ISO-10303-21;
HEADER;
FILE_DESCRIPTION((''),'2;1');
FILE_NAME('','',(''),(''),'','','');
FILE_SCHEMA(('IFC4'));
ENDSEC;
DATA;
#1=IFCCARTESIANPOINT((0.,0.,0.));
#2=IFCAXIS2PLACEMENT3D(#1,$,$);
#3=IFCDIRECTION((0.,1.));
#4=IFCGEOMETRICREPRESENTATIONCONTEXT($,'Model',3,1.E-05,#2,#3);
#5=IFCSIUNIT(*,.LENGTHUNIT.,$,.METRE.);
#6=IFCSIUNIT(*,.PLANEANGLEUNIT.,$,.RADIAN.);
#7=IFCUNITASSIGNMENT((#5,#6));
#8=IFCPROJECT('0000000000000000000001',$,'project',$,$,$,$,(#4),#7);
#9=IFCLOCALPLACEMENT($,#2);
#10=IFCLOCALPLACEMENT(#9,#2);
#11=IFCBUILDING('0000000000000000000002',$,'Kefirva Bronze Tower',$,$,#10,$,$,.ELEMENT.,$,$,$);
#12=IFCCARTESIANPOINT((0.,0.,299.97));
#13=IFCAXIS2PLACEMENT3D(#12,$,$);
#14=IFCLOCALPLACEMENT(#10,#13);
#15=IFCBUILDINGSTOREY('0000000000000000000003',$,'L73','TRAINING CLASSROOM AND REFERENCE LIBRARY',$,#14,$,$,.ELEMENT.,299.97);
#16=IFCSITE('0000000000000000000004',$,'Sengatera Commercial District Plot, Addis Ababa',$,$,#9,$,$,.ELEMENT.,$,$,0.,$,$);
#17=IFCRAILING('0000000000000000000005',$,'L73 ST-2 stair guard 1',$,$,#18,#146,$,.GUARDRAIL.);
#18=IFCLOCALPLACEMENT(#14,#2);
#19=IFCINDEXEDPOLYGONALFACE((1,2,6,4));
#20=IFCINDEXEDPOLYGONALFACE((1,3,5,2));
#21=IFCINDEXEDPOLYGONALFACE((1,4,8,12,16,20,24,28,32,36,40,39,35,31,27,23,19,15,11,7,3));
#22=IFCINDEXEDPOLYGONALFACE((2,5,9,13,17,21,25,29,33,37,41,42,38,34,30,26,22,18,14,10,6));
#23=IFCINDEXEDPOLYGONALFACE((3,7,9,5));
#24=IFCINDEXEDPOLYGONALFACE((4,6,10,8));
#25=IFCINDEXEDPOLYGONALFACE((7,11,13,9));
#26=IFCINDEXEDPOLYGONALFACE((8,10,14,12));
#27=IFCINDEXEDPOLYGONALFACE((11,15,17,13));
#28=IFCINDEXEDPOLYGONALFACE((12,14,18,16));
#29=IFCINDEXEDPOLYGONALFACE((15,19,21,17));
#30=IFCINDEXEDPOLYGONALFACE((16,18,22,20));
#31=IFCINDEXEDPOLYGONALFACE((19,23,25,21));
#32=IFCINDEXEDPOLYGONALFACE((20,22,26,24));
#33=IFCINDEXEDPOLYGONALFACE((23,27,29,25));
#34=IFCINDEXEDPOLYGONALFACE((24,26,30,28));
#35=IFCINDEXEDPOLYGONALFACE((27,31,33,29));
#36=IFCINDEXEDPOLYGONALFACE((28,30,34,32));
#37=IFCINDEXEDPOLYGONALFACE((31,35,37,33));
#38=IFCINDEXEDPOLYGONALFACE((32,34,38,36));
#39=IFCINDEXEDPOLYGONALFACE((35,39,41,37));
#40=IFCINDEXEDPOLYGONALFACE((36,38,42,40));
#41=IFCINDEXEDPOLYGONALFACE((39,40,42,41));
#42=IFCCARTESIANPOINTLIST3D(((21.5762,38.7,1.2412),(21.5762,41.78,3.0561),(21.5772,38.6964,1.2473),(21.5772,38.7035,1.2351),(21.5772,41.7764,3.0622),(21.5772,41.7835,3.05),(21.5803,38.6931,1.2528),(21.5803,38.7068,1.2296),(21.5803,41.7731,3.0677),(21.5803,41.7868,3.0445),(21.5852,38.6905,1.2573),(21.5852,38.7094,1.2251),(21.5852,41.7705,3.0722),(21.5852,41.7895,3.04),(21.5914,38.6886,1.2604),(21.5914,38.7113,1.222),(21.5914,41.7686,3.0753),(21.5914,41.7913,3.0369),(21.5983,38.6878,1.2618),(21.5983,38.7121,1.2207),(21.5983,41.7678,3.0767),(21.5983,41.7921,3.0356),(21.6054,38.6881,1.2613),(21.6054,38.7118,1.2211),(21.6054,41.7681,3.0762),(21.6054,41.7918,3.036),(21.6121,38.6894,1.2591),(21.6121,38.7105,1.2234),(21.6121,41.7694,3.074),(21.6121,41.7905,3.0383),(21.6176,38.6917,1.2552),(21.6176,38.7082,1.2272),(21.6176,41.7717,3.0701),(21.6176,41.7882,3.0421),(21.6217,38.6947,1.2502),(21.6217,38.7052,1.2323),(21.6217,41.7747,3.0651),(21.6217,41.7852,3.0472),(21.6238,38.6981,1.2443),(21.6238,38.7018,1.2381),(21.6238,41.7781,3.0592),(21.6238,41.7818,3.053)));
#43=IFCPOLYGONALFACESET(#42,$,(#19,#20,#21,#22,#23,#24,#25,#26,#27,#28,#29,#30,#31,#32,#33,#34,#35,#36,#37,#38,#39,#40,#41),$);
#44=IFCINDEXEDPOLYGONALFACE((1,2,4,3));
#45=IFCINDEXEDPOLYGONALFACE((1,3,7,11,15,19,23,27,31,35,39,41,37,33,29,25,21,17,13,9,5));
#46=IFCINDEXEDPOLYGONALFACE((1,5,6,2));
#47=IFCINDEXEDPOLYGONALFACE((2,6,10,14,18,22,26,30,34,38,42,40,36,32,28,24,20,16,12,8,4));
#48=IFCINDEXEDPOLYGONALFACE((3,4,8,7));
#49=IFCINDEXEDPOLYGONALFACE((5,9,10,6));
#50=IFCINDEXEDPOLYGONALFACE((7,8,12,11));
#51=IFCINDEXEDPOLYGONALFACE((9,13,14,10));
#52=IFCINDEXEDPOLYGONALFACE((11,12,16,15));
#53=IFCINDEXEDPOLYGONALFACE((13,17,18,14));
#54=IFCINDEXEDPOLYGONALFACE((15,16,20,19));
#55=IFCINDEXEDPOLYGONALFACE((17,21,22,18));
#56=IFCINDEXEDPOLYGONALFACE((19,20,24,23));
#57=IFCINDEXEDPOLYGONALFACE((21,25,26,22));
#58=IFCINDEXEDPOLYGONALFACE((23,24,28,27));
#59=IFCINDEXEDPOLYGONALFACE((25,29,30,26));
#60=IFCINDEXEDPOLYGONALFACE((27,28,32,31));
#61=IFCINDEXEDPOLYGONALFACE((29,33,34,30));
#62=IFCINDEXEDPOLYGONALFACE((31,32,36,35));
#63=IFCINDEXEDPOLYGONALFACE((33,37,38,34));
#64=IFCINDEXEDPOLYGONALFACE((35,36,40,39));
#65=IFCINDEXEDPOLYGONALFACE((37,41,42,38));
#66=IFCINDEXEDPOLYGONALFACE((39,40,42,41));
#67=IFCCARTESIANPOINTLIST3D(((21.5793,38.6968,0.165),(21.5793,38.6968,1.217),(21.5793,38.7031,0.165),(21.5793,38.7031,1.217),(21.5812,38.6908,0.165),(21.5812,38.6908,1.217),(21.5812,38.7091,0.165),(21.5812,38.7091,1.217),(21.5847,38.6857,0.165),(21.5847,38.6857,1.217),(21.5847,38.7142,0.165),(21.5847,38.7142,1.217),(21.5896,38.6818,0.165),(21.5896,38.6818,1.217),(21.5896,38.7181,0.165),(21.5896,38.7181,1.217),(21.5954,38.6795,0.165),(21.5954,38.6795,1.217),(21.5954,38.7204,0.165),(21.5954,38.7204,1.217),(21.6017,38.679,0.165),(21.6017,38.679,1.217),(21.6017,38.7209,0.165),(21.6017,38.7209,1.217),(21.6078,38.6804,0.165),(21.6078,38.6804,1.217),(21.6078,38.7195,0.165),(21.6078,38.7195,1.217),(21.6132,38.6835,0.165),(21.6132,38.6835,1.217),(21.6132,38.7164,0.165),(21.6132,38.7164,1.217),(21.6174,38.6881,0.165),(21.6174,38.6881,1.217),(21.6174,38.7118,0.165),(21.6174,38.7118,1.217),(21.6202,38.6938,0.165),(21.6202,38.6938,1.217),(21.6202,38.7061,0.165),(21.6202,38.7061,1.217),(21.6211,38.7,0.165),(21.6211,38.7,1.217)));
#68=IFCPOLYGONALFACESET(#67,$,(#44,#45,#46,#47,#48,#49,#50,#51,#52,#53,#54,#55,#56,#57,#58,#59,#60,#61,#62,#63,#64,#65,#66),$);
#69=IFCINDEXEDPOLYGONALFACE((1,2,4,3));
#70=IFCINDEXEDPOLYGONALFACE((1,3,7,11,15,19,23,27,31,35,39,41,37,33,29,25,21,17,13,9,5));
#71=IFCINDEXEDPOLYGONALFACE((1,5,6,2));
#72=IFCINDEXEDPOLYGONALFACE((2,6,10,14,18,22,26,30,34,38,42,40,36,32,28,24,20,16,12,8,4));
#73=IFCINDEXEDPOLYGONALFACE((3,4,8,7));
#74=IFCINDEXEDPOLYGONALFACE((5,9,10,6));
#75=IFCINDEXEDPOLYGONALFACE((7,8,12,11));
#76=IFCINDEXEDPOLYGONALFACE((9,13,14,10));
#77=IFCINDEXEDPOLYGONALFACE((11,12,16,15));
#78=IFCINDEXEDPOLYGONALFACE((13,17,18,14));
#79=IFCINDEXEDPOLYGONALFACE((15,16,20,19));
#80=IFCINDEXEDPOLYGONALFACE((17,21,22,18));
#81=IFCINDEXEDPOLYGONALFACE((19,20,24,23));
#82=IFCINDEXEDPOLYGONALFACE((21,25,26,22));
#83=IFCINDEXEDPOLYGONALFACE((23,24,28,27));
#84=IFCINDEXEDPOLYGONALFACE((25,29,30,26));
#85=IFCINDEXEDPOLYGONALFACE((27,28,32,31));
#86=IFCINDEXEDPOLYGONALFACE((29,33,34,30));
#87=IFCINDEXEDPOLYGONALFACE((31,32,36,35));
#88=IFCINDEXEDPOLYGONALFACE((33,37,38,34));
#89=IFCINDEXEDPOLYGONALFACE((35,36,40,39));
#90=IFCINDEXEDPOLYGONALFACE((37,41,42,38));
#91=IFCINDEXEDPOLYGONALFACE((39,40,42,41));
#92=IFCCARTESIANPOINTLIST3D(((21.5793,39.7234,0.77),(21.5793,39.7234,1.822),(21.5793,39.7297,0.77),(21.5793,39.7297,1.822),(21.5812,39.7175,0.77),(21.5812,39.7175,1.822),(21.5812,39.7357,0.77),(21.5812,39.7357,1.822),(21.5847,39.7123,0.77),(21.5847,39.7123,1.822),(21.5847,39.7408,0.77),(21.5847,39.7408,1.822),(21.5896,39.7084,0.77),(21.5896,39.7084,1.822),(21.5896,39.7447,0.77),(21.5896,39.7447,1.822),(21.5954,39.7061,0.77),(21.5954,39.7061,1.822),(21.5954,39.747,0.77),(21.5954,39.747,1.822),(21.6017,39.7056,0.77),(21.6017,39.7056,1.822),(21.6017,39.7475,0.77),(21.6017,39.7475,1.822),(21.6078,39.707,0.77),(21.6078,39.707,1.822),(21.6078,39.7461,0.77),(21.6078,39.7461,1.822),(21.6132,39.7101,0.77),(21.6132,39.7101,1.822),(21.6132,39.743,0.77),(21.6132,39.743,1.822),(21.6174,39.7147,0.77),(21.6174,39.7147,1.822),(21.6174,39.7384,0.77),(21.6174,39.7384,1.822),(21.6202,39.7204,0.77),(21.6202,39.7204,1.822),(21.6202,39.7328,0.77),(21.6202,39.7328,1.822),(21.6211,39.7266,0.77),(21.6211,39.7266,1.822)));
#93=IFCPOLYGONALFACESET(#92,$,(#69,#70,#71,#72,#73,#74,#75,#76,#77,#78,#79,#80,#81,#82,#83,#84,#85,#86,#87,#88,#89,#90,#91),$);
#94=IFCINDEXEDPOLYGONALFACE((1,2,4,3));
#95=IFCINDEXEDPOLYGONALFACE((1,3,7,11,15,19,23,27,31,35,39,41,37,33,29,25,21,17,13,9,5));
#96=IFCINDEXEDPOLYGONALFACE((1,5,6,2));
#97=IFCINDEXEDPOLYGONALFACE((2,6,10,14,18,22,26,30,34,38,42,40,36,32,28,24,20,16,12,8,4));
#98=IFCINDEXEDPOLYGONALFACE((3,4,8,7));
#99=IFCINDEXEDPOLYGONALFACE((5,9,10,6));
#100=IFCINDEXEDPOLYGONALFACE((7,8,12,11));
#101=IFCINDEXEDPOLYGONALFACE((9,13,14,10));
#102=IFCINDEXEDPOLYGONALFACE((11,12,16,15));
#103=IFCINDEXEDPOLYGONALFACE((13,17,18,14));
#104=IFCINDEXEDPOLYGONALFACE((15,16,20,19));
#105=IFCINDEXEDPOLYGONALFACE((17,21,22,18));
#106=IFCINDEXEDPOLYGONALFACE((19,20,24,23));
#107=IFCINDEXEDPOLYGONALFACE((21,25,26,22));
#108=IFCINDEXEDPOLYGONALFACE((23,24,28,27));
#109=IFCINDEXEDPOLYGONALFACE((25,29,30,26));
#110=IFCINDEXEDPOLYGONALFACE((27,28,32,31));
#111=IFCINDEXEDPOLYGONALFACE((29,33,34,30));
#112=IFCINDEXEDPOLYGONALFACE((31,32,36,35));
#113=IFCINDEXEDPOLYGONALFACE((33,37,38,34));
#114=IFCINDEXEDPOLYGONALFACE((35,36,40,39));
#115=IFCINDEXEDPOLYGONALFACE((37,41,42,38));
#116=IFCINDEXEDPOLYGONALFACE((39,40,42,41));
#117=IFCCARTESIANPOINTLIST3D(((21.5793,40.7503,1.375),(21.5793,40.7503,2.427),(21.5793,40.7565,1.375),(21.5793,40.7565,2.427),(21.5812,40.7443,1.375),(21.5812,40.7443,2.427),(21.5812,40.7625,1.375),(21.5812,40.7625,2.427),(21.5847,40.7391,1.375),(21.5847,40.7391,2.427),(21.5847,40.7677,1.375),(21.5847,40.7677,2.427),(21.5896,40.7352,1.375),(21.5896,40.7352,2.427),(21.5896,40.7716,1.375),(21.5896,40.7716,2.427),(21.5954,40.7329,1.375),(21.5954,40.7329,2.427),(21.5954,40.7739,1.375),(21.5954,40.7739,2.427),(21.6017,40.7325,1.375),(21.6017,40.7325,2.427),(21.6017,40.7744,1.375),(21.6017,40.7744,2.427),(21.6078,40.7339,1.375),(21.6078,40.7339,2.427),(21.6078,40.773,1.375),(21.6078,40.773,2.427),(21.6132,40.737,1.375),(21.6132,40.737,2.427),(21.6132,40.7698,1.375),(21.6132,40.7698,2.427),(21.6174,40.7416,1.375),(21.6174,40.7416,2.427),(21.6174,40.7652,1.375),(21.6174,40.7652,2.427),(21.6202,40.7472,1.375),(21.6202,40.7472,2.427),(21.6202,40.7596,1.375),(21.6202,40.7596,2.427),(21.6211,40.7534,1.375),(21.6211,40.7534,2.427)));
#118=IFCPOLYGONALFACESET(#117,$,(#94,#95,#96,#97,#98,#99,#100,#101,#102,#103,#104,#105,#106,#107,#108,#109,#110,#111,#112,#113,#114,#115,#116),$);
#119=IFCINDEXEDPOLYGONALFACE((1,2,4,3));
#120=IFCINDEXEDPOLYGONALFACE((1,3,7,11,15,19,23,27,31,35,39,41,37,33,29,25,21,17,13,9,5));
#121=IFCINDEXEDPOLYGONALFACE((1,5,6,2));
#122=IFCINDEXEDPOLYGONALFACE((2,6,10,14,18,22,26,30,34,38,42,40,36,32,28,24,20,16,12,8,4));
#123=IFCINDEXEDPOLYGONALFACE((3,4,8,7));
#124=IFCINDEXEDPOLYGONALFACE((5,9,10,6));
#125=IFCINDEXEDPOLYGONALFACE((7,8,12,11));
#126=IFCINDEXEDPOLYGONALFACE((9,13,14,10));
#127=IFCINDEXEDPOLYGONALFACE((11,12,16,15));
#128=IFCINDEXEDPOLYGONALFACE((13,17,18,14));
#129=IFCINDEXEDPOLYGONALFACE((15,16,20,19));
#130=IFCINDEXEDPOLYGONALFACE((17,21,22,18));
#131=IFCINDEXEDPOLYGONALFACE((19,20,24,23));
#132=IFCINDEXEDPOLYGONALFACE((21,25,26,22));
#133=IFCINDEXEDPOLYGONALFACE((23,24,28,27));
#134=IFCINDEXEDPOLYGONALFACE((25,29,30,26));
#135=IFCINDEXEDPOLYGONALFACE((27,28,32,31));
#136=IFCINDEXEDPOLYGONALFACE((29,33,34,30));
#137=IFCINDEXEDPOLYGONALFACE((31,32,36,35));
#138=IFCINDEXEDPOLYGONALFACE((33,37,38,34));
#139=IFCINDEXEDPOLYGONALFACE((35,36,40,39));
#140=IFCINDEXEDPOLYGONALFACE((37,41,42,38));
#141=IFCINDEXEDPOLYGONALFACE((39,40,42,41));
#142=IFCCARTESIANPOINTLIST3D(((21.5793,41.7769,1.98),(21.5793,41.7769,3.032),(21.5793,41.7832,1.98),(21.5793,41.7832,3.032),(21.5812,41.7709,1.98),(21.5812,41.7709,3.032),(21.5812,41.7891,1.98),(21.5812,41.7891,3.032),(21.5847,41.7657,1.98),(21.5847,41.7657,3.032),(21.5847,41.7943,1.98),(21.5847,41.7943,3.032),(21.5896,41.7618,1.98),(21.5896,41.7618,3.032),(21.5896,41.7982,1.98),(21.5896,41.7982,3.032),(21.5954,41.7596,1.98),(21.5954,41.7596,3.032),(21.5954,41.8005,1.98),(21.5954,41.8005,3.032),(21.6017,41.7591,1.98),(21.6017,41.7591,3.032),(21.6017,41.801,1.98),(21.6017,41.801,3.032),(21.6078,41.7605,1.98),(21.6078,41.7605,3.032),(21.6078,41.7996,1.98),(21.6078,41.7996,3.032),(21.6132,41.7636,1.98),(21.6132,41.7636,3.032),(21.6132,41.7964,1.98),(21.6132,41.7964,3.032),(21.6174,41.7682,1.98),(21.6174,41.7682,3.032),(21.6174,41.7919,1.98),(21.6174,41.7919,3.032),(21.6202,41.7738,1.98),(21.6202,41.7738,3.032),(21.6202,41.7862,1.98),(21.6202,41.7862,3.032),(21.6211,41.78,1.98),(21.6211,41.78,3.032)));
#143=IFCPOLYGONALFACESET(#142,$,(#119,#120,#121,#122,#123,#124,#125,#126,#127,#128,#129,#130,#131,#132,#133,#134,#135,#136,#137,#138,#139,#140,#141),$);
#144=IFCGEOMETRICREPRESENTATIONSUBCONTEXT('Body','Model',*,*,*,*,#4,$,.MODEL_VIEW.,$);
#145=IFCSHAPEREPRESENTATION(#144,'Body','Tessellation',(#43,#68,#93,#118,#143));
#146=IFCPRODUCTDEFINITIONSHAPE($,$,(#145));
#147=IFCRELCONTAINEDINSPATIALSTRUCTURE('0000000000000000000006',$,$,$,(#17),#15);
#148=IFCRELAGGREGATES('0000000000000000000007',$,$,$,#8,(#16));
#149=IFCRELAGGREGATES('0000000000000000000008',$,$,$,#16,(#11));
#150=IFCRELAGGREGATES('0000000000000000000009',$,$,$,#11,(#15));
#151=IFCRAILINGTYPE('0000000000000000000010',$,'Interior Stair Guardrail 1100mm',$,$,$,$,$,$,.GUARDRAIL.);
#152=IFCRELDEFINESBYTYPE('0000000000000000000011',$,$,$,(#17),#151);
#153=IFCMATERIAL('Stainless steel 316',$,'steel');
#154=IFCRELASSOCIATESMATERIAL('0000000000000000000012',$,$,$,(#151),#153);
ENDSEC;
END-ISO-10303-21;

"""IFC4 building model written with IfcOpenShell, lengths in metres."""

from ifc_helpers import new_model, si_unit, direction, frame, origin, origin_2d, place, context, subcontext, project, spatial, circle, extrude, material, type_object, element, save


model = new_model("IFC4")

# Units and contexts
model_context = context("Model", 3, precision=1e-05, world=origin(), true_north=direction((0.0, 1.0)))
body_context = subcontext(model_context, "Body", "Model", "MODEL_VIEW")
ifc_project = project(units=[si_unit("LENGTHUNIT", "METRE"), si_unit("PLANEANGLEUNIT", "RADIAN")], contexts=[model_context])

# Site, building, storey
site_placement = place(None, origin())
site = spatial("IfcSite", under=ifc_project, at=site_placement, Name="Sengatera Commercial District Plot, Addis Ababa", CompositionType="ELEMENT", RefElevation=0.0)
building_placement = place(site_placement, origin())
building = spatial("IfcBuilding", under=site, at=building_placement, Name="Kefirva Bronze Tower", CompositionType="ELEMENT")
storey_placement = place(building_placement, frame((0.0, 0.0, 299.97)))
storey = spatial("IfcBuildingStorey", under=building, at=storey_placement, Name="L73", Description="TRAINING CLASSROOM AND REFERENCE LIBRARY", CompositionType="ELEMENT", Elevation=299.97)

# Railing
ifc_material_1 = material(Name="Stainless steel 316", Category="steel")
railing_type_1 = type_object("IfcRailingType", Name="Interior Stair Guardrail 1100mm", PredefinedType="GUARDRAIL", material=ifc_material_1)
railing_1_placement = place(storey_placement, frame((21.6001, 38.7, 0.165)))
element("IfcRailing", 1, at=railing_1_placement, inside=storey, type_object=railing_type_1, Name="L73 ST-2 stair guard 1", PredefinedType="GUARDRAIL", context=body_context, shape_type="SweptSolid", body=[
    extrude(circle(Radius=0.0239, at=origin_2d()), frame((0.0, 0.0, 1.0762), z_axis=(0.0, 0.861551, 0.507671), x_axis=(-1.0, 0.0, 0.0)), (0.0, 0.0, 1.0), 3.575),
    extrude(circle(Radius=0.021, at=origin_2d()), origin(), (0.0, 0.0, 1.0), 1.052),
    extrude(circle(Radius=0.021, at=origin_2d()), frame((0.0, 1.0266, 0.605)), (0.0, 0.0, 1.0), 1.052),
    extrude(circle(Radius=0.021, at=origin_2d()), frame((0.0, 2.0535, 1.21)), (0.0, 0.0, 1.0), 1.052),
    extrude(circle(Radius=0.021, at=origin_2d()), frame((0.0, 3.0801, 1.8149)), (0.0, 0.0, 1.0), 1.052),
])

save(model, "model.ifc")
